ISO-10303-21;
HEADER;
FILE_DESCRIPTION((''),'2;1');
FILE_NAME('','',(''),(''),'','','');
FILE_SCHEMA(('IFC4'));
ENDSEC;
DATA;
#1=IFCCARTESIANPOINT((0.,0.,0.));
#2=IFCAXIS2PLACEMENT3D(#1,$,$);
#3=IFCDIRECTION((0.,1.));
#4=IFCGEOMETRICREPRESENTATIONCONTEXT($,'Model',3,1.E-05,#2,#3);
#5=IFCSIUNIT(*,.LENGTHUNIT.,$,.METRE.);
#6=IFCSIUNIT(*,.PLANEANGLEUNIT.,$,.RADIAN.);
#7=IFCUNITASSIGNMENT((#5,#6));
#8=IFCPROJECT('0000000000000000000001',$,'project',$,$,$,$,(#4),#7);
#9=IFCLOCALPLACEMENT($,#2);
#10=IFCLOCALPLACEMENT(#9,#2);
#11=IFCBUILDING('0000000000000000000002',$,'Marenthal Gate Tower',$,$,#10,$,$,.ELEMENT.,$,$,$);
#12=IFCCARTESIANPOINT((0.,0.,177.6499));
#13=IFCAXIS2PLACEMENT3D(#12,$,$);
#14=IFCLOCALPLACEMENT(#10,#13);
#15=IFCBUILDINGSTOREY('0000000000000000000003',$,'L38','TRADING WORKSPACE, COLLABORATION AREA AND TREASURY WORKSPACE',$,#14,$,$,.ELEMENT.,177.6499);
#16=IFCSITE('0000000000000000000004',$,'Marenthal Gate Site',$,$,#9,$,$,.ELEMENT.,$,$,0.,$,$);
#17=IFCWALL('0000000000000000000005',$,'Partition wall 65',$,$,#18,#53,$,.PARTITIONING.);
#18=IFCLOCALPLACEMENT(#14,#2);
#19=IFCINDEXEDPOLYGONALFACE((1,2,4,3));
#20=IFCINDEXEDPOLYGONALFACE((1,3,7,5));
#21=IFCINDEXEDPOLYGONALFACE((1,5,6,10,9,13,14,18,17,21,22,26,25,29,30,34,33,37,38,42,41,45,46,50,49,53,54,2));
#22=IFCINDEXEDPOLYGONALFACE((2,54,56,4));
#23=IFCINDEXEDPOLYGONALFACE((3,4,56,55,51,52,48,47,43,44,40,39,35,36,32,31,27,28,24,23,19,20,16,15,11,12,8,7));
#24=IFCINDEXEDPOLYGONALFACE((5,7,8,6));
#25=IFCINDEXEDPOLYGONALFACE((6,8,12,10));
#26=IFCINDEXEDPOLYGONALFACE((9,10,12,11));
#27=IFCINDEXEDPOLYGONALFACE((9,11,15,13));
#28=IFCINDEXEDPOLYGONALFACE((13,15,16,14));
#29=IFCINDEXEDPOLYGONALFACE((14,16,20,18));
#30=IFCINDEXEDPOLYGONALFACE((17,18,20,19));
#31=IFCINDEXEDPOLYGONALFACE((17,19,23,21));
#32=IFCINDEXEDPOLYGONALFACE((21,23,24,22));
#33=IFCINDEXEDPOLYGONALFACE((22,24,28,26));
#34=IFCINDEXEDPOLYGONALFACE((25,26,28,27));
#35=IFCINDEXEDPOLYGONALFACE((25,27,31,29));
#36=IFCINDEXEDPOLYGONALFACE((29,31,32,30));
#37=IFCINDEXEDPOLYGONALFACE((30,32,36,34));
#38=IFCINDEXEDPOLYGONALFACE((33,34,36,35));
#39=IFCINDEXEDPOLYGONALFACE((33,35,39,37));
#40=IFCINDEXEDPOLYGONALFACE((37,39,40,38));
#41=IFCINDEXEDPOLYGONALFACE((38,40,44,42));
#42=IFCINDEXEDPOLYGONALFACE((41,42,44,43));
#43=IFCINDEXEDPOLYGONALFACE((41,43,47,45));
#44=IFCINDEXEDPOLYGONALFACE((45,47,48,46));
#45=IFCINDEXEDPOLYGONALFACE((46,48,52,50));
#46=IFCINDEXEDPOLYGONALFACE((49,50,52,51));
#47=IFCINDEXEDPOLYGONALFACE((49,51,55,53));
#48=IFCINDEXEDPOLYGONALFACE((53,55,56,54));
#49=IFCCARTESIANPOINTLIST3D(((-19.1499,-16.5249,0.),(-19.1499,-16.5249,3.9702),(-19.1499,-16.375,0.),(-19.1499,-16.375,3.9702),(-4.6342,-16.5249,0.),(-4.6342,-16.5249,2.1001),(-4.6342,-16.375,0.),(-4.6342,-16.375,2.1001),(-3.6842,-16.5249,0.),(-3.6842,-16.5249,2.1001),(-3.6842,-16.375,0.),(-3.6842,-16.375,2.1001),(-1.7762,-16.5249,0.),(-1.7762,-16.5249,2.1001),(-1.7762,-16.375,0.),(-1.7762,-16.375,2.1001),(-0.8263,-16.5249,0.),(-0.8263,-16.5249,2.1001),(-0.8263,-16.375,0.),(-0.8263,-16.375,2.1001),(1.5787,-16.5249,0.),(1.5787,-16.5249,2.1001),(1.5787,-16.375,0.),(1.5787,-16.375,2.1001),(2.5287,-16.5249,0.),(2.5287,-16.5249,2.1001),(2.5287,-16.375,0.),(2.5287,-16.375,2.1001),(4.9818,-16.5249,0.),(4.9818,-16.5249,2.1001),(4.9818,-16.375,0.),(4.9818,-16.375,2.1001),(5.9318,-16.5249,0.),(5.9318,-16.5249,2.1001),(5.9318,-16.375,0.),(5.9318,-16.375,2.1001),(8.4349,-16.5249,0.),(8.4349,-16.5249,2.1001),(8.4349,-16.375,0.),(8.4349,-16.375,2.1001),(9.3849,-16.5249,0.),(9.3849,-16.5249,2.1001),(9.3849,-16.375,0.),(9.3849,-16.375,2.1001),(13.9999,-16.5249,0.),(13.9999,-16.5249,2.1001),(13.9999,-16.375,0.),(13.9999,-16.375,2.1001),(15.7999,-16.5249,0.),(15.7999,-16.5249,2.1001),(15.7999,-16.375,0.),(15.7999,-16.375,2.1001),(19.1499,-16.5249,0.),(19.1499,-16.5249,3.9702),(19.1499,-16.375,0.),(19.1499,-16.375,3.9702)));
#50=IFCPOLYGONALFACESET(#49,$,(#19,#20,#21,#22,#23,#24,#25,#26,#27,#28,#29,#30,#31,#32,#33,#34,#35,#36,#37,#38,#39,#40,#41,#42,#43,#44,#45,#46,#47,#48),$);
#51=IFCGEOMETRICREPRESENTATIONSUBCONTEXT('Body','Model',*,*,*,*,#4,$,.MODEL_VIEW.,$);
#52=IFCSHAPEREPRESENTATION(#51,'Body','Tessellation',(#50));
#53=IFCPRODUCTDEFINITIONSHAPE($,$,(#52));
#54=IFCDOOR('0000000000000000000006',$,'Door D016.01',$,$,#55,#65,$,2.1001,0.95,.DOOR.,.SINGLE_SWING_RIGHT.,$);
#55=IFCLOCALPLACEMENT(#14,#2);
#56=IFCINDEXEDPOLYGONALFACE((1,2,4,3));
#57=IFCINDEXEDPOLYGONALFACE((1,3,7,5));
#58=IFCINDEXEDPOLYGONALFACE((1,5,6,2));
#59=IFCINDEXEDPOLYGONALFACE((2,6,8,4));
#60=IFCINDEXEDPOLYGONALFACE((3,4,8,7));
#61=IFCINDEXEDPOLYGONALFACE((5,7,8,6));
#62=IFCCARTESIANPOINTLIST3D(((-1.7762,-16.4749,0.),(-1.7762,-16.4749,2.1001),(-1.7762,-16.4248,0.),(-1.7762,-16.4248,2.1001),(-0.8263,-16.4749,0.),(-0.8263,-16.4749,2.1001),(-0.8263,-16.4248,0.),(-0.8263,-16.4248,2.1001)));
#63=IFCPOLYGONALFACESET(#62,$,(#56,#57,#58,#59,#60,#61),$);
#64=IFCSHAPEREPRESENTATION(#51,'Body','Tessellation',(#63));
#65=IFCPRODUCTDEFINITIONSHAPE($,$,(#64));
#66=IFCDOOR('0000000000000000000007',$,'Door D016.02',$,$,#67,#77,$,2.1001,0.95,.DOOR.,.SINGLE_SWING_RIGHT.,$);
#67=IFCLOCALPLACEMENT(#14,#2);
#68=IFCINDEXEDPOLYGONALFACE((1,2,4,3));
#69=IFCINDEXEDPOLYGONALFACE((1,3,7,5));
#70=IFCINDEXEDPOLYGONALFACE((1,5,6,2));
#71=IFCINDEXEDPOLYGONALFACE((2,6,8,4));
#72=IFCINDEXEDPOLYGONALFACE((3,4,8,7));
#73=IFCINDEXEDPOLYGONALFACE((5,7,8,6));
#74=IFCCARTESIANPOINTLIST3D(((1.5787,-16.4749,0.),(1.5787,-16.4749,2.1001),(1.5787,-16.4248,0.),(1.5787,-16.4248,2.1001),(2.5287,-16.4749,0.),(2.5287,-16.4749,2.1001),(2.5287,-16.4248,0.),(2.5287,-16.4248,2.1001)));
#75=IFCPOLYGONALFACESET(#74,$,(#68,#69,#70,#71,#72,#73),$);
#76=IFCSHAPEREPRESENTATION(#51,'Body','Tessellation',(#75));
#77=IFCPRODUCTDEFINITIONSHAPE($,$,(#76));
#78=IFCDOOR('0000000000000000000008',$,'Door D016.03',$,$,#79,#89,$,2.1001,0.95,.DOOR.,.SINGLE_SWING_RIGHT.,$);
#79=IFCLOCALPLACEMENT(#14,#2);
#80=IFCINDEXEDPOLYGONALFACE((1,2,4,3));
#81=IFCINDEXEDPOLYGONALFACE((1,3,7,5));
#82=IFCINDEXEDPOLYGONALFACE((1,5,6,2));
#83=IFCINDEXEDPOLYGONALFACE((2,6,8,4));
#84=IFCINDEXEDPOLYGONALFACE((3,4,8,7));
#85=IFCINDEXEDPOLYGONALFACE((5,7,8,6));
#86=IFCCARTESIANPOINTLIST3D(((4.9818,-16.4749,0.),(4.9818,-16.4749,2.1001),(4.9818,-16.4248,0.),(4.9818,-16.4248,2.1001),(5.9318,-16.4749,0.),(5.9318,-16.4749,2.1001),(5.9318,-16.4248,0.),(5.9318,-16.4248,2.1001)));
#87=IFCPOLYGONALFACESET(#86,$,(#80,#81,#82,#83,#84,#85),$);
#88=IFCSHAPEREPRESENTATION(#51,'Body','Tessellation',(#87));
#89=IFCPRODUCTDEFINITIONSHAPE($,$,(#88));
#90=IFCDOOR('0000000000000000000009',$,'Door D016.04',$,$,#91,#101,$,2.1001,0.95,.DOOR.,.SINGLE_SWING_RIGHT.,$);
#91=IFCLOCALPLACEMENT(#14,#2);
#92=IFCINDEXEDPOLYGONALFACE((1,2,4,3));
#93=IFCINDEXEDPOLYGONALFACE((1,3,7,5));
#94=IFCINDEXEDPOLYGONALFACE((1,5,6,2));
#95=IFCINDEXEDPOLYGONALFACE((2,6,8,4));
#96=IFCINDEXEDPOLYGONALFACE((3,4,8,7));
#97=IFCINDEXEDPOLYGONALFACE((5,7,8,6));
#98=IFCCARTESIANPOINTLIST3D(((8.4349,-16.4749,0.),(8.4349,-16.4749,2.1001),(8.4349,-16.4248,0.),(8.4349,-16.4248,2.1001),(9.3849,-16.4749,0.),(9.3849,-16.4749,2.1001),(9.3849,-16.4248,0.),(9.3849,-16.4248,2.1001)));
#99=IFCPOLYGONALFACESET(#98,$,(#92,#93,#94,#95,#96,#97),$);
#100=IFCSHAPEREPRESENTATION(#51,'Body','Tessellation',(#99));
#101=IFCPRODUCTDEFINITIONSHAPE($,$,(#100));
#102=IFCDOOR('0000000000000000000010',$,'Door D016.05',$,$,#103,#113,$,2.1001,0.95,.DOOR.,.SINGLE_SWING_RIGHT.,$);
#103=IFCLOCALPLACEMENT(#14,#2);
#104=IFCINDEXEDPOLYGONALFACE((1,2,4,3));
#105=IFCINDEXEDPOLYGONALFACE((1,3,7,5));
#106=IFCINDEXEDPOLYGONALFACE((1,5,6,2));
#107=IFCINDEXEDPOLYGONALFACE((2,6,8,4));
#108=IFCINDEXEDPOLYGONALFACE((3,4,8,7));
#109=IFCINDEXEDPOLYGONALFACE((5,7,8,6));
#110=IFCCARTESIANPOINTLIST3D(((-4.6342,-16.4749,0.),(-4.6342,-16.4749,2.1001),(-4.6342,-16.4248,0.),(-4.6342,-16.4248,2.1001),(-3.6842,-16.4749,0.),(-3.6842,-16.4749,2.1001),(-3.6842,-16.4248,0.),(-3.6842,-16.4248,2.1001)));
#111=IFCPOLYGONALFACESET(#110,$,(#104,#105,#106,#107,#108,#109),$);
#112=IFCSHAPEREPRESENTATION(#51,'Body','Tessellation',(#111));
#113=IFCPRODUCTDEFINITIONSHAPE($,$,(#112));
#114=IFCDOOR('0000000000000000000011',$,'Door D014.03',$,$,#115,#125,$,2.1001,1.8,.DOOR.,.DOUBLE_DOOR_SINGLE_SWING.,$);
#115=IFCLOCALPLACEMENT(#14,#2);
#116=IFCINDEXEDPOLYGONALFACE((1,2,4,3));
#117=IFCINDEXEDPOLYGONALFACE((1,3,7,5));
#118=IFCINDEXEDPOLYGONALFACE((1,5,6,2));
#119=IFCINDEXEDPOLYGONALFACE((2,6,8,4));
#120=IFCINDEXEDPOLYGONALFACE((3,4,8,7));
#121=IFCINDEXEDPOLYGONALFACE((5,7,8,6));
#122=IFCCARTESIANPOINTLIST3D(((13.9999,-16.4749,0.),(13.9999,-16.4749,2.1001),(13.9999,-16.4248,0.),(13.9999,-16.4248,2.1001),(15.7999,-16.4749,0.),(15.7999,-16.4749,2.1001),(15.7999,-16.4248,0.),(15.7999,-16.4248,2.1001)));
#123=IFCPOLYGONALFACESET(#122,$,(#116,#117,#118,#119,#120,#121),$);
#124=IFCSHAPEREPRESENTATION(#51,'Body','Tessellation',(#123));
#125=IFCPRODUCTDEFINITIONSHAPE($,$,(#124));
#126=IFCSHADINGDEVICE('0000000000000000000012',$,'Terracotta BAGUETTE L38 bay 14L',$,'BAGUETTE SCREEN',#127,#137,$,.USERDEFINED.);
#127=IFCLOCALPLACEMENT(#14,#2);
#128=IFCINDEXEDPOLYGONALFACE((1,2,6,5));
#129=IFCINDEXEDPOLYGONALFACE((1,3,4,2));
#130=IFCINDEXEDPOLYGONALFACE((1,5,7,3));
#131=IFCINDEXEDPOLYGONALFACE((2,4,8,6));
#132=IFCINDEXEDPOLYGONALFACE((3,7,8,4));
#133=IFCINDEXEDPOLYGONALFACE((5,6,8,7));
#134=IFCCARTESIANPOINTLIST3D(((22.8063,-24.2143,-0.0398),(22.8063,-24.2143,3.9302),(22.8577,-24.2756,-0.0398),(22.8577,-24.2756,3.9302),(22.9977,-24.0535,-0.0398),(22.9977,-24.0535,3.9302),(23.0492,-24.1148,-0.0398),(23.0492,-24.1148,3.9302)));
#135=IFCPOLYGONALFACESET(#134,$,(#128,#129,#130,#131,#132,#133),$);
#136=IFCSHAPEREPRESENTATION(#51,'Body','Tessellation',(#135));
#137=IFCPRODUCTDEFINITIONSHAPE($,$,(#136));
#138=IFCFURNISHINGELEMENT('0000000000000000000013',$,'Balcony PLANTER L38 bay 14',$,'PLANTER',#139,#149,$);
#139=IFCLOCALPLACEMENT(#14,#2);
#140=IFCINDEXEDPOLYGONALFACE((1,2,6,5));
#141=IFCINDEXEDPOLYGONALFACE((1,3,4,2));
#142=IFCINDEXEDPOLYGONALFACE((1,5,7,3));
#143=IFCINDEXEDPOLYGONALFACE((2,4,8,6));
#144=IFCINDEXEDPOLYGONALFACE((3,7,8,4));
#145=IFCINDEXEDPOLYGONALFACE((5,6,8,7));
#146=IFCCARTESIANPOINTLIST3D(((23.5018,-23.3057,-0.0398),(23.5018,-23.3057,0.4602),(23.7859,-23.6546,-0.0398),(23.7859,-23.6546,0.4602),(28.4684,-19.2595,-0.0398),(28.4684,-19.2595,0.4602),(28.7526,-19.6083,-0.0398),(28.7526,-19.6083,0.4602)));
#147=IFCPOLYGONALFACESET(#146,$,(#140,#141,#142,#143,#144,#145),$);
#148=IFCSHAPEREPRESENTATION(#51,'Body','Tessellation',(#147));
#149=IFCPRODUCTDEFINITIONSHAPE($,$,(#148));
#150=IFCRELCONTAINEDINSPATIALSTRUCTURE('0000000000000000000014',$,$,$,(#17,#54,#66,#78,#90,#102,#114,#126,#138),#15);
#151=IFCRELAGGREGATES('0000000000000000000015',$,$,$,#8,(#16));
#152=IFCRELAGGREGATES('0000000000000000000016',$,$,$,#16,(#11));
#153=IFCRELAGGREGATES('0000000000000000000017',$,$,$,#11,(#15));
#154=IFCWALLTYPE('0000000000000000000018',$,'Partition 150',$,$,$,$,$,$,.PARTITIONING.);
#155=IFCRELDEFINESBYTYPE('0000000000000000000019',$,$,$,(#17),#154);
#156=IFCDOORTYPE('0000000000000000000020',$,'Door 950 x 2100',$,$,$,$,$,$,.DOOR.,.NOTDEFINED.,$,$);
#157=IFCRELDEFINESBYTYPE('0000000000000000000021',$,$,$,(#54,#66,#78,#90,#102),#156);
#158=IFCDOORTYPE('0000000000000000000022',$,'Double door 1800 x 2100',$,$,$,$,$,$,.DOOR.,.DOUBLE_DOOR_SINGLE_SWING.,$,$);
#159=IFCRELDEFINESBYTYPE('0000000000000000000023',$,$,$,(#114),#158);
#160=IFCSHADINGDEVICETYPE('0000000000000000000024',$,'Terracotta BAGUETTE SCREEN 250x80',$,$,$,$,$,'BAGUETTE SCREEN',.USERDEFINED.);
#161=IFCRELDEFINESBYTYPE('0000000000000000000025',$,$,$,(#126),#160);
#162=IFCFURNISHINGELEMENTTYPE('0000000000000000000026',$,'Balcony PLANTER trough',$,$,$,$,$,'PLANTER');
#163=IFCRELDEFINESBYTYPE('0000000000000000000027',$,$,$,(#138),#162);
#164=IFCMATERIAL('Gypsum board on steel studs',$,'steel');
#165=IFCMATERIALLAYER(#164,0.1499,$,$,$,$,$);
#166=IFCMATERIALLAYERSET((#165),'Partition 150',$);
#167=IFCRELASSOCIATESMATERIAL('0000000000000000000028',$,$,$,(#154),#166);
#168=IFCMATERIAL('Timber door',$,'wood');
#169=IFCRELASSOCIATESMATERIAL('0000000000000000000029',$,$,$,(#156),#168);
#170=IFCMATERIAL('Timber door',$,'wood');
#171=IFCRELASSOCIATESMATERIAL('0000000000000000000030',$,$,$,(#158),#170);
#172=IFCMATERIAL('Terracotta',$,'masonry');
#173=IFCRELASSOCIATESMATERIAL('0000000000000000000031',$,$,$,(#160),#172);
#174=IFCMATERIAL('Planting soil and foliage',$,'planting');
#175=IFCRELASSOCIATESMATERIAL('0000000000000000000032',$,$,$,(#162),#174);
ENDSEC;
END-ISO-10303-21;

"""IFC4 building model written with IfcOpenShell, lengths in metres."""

from ifc_helpers import new_model, si_unit, direction, frame, frame_2d, origin, origin_2d, place, context, subcontext, project, spatial, rectangle, extrude, material, layer, layer_set, material_profile, profile_set, type_object, element, fill, save


model = new_model("IFC4")

# Units and contexts
model_context = context("Model", 3, precision=1e-05, world=origin(), true_north=direction((0.0, 1.0)))
body_context = subcontext(model_context, "Body", "Model", "MODEL_VIEW")
ifc_project = project(units=[si_unit("LENGTHUNIT", "METRE"), si_unit("PLANEANGLEUNIT", "RADIAN")], contexts=[model_context])

# Site, building, storey
site_placement = place(None, origin())
site = spatial("IfcSite", under=ifc_project, at=site_placement, Name="Marenthal Gate Site", CompositionType="ELEMENT", RefElevation=0.0)
building_placement = place(site_placement, origin())
building = spatial("IfcBuilding", under=site, at=building_placement, Name="Marenthal Gate Tower", CompositionType="ELEMENT")
storey_placement = place(building_placement, frame((0.0, 0.0, 177.6499)))
storey = spatial("IfcBuildingStorey", under=building, at=storey_placement, Name="L38", Description="TRADING WORKSPACE, COLLABORATION AREA AND TREASURY WORKSPACE", CompositionType="ELEMENT", Elevation=177.6499)

# Wall, openings, doors
ifc_material_1 = material(Name="Gypsum board on steel studs", Category="steel")
ifc_layer_1 = layer(ifc_material_1, 0.1499)
ifc_layer_set_1 = layer_set([ifc_layer_1], Name="Partition 150")
wall_type_1 = type_object("IfcWallType", Name="Partition 150", PredefinedType="PARTITIONING", material=ifc_layer_set_1)
wall_1_placement = place(storey_placement, frame((19.1499, -16.45, 0.0), z_axis=(0.0, 0.0, 1.0), x_axis=(-1.0, 0.0, 0.0)))
wall_1 = element("IfcWall", 1, at=wall_1_placement, inside=storey, type_object=wall_type_1, Name="Partition wall 65", PredefinedType="PARTITIONING", context=body_context, shape_type="SweptSolid", body=[
    extrude(rectangle(XDim=38.2998, YDim=0.1499, at=frame_2d((19.1499, 0.0))), origin(), (0.0, 0.0, 1.0), 3.9702),
])
opening_1_placement = place(wall_1_placement, frame((19.9761, 0.0, 0.0)))
opening_1 = element("IfcOpeningElement", 2, at=opening_1_placement, cuts=wall_1, PredefinedType="OPENING", context=body_context, shape_type="SweptSolid", body=[
    extrude(rectangle(XDim=0.95, YDim=2.1001, at=frame_2d((0.4751, 1.05))), frame((0.0, 0.085, 0.0), z_axis=(0.0, -1.0, 0.0), x_axis=(1.0, 0.0, 0.0)), (0.0, 0.0, 1.0), 0.1699),
])
opening_2_placement = place(wall_1_placement, frame((16.6211, 0.0, 0.0)))
opening_2 = element("IfcOpeningElement", 3, at=opening_2_placement, cuts=wall_1, PredefinedType="OPENING", context=body_context, shape_type="SweptSolid", body=[
    extrude(rectangle(XDim=0.95, YDim=2.1001, at=frame_2d((0.4751, 1.05))), frame((0.0, 0.085, 0.0), z_axis=(0.0, -1.0, 0.0), x_axis=(1.0, 0.0, 0.0)), (0.0, 0.0, 1.0), 0.1699),
])
opening_3_placement = place(wall_1_placement, frame((13.218, 0.0, 0.0)))
opening_3 = element("IfcOpeningElement", 4, at=opening_3_placement, cuts=wall_1, PredefinedType="OPENING", context=body_context, shape_type="SweptSolid", body=[
    extrude(rectangle(XDim=0.95, YDim=2.1001, at=frame_2d((0.4751, 1.05))), frame((0.0, 0.085, 0.0), z_axis=(0.0, -1.0, 0.0), x_axis=(1.0, 0.0, 0.0)), (0.0, 0.0, 1.0), 0.1699),
])
opening_4_placement = place(wall_1_placement, frame((9.7649, 0.0, 0.0)))
opening_4 = element("IfcOpeningElement", 5, at=opening_4_placement, cuts=wall_1, PredefinedType="OPENING", context=body_context, shape_type="SweptSolid", body=[
    extrude(rectangle(XDim=0.95, YDim=2.1001, at=frame_2d((0.4751, 1.05))), frame((0.0, 0.085, 0.0), z_axis=(0.0, -1.0, 0.0), x_axis=(1.0, 0.0, 0.0)), (0.0, 0.0, 1.0), 0.1699),
])
opening_5_placement = place(wall_1_placement, frame((22.834, 0.0, 0.0)))
opening_5 = element("IfcOpeningElement", 6, at=opening_5_placement, cuts=wall_1, PredefinedType="OPENING", context=body_context, shape_type="SweptSolid", body=[
    extrude(rectangle(XDim=0.95, YDim=2.1001, at=frame_2d((0.4751, 1.05))), frame((0.0, 0.085, 0.0), z_axis=(0.0, -1.0, 0.0), x_axis=(1.0, 0.0, 0.0)), (0.0, 0.0, 1.0), 0.1699),
])
opening_6_placement = place(wall_1_placement, frame((3.3501, 0.0, 0.0)))
opening_6 = element("IfcOpeningElement", 7, at=opening_6_placement, cuts=wall_1, PredefinedType="OPENING", context=body_context, shape_type="SweptSolid", body=[
    extrude(rectangle(XDim=1.8, YDim=2.1001, at=frame_2d((0.8999, 1.05))), frame((0.0, 0.085, 0.0), z_axis=(0.0, -1.0, 0.0), x_axis=(1.0, 0.0, 0.0)), (0.0, 0.0, 1.0), 0.1699),
])
ifc_material_2 = material(Name="Timber door", Category="wood")
door_type_1 = type_object("IfcDoorType", Name="Door 950 x 2100", OperationType="NOTDEFINED", PredefinedType="DOOR", material=ifc_material_2)
door_1_placement = place(opening_1_placement, origin())
door_1 = element("IfcDoor", 8, at=door_1_placement, inside=storey, type_object=door_type_1, Name="Door D016.01", OperationType="SINGLE_SWING_RIGHT", OverallHeight=2.1001, OverallWidth=0.95, PredefinedType="DOOR", context=body_context, shape_type="SweptSolid", body=[
    extrude(rectangle(XDim=0.95, YDim=2.1001, at=frame_2d((0.4751, 1.05))), frame((0.0, 0.0249, 0.0), z_axis=(0.0, -1.0, 0.0), x_axis=(1.0, 0.0, 0.0)), (0.0, 0.0, 1.0), 0.05),
])
fill(opening_1, door_1)
door_2_placement = place(opening_2_placement, origin())
door_2 = element("IfcDoor", 9, at=door_2_placement, inside=storey, type_object=door_type_1, Name="Door D016.02", OperationType="SINGLE_SWING_RIGHT", OverallHeight=2.1001, OverallWidth=0.95, PredefinedType="DOOR", context=body_context, shape_type="SweptSolid", body=[
    extrude(rectangle(XDim=0.95, YDim=2.1001, at=frame_2d((0.4751, 1.05))), frame((0.0, 0.0249, 0.0), z_axis=(0.0, -1.0, 0.0), x_axis=(1.0, 0.0, 0.0)), (0.0, 0.0, 1.0), 0.05),
])
fill(opening_2, door_2)
door_3_placement = place(opening_3_placement, origin())
door_3 = element("IfcDoor", 10, at=door_3_placement, inside=storey, type_object=door_type_1, Name="Door D016.03", OperationType="SINGLE_SWING_RIGHT", OverallHeight=2.1001, OverallWidth=0.95, PredefinedType="DOOR", context=body_context, shape_type="SweptSolid", body=[
    extrude(rectangle(XDim=0.95, YDim=2.1001, at=frame_2d((0.4751, 1.05))), frame((0.0, 0.0249, 0.0), z_axis=(0.0, -1.0, 0.0), x_axis=(1.0, 0.0, 0.0)), (0.0, 0.0, 1.0), 0.05),
])
fill(opening_3, door_3)
door_4_placement = place(opening_4_placement, origin())
door_4 = element("IfcDoor", 11, at=door_4_placement, inside=storey, type_object=door_type_1, Name="Door D016.04", OperationType="SINGLE_SWING_RIGHT", OverallHeight=2.1001, OverallWidth=0.95, PredefinedType="DOOR", context=body_context, shape_type="SweptSolid", body=[
    extrude(rectangle(XDim=0.95, YDim=2.1001, at=frame_2d((0.4751, 1.05))), frame((0.0, 0.0249, 0.0), z_axis=(0.0, -1.0, 0.0), x_axis=(1.0, 0.0, 0.0)), (0.0, 0.0, 1.0), 0.05),
])
fill(opening_4, door_4)
door_5_placement = place(opening_5_placement, origin())
door_5 = element("IfcDoor", 12, at=door_5_placement, inside=storey, type_object=door_type_1, Name="Door D016.05", OperationType="SINGLE_SWING_RIGHT", OverallHeight=2.1001, OverallWidth=0.95, PredefinedType="DOOR", context=body_context, shape_type="SweptSolid", body=[
    extrude(rectangle(XDim=0.95, YDim=2.1001, at=frame_2d((0.4751, 1.05))), frame((0.0, 0.0249, 0.0), z_axis=(0.0, -1.0, 0.0), x_axis=(1.0, 0.0, 0.0)), (0.0, 0.0, 1.0), 0.05),
])
fill(opening_5, door_5)
ifc_material_3 = material(Name="Timber door", Category="wood")
door_type_2 = type_object("IfcDoorType", Name="Double door 1800 x 2100", OperationType="DOUBLE_DOOR_SINGLE_SWING", PredefinedType="DOOR", material=ifc_material_3)
door_6_placement = place(opening_6_placement, origin())
door_6 = element("IfcDoor", 13, at=door_6_placement, inside=storey, type_object=door_type_2, Name="Door D014.03", OperationType="DOUBLE_DOOR_SINGLE_SWING", OverallHeight=2.1001, OverallWidth=1.8, PredefinedType="DOOR", context=body_context, shape_type="SweptSolid", body=[
    extrude(rectangle(XDim=1.8, YDim=2.1001, at=frame_2d((0.8999, 1.05))), frame((0.0, 0.0249, 0.0), z_axis=(0.0, -1.0, 0.0), x_axis=(1.0, 0.0, 0.0)), (0.0, 0.0, 1.0), 0.05),
])
fill(opening_6, door_6)

# Shading device
ifc_material_4 = material(Name="Terracotta", Category="masonry")
ifc_material_profile_1 = material_profile(ifc_material_4, rectangle(XDim=0.25, YDim=0.0801, at=origin_2d()), Name="Terracotta baguette 250x80")
ifc_profile_set_1 = profile_set([ifc_material_profile_1], Name="Terracotta")
shading_device_type = type_object("IfcShadingDeviceType", Name="Terracotta BAGUETTE SCREEN 250x80", ElementType="BAGUETTE SCREEN", PredefinedType="USERDEFINED", material=ifc_profile_set_1)
shading_device_placement = place(storey_placement, frame((22.9277, -24.1646, -0.0398), z_axis=(0.0, 0.0, 1.0), x_axis=(0.76585, 0.643019, 0.0)))
element("IfcShadingDevice", 14, at=shading_device_placement, inside=storey, type_object=shading_device_type, Name="Terracotta BAGUETTE L38 bay 14L", ObjectType="BAGUETTE SCREEN", PredefinedType="USERDEFINED", context=body_context, shape_type="SweptSolid", body=[
    extrude(rectangle(XDim=0.25, YDim=0.0801, at=origin_2d()), origin(), (0.0, 0.0, 1.0), 3.97),
])

# Furnishing element
ifc_material_5 = material(Name="Planting soil and foliage", Category="planting")
furnishing_element_type = type_object("IfcFurnishingElementType", Name="Balcony PLANTER trough", ElementType="PLANTER", material=ifc_material_5)
furnishing_placement = place(storey_placement, frame((26.1272, -21.457, -0.0398), z_axis=(0.0, 0.0, 1.0), x_axis=(0.775288, 0.631608, 0.0)))
element("IfcFurnishingElement", 15, at=furnishing_placement, inside=storey, type_object=furnishing_element_type, Name="Balcony PLANTER L38 bay 14", ObjectType="PLANTER", context=body_context, shape_type="SweptSolid", body=[
    extrude(rectangle(XDim=6.4062, YDim=0.45, at=origin_2d()), origin(), (0.0, 0.0, 1.0), 0.5),
])

save(model, "model.ifc")
